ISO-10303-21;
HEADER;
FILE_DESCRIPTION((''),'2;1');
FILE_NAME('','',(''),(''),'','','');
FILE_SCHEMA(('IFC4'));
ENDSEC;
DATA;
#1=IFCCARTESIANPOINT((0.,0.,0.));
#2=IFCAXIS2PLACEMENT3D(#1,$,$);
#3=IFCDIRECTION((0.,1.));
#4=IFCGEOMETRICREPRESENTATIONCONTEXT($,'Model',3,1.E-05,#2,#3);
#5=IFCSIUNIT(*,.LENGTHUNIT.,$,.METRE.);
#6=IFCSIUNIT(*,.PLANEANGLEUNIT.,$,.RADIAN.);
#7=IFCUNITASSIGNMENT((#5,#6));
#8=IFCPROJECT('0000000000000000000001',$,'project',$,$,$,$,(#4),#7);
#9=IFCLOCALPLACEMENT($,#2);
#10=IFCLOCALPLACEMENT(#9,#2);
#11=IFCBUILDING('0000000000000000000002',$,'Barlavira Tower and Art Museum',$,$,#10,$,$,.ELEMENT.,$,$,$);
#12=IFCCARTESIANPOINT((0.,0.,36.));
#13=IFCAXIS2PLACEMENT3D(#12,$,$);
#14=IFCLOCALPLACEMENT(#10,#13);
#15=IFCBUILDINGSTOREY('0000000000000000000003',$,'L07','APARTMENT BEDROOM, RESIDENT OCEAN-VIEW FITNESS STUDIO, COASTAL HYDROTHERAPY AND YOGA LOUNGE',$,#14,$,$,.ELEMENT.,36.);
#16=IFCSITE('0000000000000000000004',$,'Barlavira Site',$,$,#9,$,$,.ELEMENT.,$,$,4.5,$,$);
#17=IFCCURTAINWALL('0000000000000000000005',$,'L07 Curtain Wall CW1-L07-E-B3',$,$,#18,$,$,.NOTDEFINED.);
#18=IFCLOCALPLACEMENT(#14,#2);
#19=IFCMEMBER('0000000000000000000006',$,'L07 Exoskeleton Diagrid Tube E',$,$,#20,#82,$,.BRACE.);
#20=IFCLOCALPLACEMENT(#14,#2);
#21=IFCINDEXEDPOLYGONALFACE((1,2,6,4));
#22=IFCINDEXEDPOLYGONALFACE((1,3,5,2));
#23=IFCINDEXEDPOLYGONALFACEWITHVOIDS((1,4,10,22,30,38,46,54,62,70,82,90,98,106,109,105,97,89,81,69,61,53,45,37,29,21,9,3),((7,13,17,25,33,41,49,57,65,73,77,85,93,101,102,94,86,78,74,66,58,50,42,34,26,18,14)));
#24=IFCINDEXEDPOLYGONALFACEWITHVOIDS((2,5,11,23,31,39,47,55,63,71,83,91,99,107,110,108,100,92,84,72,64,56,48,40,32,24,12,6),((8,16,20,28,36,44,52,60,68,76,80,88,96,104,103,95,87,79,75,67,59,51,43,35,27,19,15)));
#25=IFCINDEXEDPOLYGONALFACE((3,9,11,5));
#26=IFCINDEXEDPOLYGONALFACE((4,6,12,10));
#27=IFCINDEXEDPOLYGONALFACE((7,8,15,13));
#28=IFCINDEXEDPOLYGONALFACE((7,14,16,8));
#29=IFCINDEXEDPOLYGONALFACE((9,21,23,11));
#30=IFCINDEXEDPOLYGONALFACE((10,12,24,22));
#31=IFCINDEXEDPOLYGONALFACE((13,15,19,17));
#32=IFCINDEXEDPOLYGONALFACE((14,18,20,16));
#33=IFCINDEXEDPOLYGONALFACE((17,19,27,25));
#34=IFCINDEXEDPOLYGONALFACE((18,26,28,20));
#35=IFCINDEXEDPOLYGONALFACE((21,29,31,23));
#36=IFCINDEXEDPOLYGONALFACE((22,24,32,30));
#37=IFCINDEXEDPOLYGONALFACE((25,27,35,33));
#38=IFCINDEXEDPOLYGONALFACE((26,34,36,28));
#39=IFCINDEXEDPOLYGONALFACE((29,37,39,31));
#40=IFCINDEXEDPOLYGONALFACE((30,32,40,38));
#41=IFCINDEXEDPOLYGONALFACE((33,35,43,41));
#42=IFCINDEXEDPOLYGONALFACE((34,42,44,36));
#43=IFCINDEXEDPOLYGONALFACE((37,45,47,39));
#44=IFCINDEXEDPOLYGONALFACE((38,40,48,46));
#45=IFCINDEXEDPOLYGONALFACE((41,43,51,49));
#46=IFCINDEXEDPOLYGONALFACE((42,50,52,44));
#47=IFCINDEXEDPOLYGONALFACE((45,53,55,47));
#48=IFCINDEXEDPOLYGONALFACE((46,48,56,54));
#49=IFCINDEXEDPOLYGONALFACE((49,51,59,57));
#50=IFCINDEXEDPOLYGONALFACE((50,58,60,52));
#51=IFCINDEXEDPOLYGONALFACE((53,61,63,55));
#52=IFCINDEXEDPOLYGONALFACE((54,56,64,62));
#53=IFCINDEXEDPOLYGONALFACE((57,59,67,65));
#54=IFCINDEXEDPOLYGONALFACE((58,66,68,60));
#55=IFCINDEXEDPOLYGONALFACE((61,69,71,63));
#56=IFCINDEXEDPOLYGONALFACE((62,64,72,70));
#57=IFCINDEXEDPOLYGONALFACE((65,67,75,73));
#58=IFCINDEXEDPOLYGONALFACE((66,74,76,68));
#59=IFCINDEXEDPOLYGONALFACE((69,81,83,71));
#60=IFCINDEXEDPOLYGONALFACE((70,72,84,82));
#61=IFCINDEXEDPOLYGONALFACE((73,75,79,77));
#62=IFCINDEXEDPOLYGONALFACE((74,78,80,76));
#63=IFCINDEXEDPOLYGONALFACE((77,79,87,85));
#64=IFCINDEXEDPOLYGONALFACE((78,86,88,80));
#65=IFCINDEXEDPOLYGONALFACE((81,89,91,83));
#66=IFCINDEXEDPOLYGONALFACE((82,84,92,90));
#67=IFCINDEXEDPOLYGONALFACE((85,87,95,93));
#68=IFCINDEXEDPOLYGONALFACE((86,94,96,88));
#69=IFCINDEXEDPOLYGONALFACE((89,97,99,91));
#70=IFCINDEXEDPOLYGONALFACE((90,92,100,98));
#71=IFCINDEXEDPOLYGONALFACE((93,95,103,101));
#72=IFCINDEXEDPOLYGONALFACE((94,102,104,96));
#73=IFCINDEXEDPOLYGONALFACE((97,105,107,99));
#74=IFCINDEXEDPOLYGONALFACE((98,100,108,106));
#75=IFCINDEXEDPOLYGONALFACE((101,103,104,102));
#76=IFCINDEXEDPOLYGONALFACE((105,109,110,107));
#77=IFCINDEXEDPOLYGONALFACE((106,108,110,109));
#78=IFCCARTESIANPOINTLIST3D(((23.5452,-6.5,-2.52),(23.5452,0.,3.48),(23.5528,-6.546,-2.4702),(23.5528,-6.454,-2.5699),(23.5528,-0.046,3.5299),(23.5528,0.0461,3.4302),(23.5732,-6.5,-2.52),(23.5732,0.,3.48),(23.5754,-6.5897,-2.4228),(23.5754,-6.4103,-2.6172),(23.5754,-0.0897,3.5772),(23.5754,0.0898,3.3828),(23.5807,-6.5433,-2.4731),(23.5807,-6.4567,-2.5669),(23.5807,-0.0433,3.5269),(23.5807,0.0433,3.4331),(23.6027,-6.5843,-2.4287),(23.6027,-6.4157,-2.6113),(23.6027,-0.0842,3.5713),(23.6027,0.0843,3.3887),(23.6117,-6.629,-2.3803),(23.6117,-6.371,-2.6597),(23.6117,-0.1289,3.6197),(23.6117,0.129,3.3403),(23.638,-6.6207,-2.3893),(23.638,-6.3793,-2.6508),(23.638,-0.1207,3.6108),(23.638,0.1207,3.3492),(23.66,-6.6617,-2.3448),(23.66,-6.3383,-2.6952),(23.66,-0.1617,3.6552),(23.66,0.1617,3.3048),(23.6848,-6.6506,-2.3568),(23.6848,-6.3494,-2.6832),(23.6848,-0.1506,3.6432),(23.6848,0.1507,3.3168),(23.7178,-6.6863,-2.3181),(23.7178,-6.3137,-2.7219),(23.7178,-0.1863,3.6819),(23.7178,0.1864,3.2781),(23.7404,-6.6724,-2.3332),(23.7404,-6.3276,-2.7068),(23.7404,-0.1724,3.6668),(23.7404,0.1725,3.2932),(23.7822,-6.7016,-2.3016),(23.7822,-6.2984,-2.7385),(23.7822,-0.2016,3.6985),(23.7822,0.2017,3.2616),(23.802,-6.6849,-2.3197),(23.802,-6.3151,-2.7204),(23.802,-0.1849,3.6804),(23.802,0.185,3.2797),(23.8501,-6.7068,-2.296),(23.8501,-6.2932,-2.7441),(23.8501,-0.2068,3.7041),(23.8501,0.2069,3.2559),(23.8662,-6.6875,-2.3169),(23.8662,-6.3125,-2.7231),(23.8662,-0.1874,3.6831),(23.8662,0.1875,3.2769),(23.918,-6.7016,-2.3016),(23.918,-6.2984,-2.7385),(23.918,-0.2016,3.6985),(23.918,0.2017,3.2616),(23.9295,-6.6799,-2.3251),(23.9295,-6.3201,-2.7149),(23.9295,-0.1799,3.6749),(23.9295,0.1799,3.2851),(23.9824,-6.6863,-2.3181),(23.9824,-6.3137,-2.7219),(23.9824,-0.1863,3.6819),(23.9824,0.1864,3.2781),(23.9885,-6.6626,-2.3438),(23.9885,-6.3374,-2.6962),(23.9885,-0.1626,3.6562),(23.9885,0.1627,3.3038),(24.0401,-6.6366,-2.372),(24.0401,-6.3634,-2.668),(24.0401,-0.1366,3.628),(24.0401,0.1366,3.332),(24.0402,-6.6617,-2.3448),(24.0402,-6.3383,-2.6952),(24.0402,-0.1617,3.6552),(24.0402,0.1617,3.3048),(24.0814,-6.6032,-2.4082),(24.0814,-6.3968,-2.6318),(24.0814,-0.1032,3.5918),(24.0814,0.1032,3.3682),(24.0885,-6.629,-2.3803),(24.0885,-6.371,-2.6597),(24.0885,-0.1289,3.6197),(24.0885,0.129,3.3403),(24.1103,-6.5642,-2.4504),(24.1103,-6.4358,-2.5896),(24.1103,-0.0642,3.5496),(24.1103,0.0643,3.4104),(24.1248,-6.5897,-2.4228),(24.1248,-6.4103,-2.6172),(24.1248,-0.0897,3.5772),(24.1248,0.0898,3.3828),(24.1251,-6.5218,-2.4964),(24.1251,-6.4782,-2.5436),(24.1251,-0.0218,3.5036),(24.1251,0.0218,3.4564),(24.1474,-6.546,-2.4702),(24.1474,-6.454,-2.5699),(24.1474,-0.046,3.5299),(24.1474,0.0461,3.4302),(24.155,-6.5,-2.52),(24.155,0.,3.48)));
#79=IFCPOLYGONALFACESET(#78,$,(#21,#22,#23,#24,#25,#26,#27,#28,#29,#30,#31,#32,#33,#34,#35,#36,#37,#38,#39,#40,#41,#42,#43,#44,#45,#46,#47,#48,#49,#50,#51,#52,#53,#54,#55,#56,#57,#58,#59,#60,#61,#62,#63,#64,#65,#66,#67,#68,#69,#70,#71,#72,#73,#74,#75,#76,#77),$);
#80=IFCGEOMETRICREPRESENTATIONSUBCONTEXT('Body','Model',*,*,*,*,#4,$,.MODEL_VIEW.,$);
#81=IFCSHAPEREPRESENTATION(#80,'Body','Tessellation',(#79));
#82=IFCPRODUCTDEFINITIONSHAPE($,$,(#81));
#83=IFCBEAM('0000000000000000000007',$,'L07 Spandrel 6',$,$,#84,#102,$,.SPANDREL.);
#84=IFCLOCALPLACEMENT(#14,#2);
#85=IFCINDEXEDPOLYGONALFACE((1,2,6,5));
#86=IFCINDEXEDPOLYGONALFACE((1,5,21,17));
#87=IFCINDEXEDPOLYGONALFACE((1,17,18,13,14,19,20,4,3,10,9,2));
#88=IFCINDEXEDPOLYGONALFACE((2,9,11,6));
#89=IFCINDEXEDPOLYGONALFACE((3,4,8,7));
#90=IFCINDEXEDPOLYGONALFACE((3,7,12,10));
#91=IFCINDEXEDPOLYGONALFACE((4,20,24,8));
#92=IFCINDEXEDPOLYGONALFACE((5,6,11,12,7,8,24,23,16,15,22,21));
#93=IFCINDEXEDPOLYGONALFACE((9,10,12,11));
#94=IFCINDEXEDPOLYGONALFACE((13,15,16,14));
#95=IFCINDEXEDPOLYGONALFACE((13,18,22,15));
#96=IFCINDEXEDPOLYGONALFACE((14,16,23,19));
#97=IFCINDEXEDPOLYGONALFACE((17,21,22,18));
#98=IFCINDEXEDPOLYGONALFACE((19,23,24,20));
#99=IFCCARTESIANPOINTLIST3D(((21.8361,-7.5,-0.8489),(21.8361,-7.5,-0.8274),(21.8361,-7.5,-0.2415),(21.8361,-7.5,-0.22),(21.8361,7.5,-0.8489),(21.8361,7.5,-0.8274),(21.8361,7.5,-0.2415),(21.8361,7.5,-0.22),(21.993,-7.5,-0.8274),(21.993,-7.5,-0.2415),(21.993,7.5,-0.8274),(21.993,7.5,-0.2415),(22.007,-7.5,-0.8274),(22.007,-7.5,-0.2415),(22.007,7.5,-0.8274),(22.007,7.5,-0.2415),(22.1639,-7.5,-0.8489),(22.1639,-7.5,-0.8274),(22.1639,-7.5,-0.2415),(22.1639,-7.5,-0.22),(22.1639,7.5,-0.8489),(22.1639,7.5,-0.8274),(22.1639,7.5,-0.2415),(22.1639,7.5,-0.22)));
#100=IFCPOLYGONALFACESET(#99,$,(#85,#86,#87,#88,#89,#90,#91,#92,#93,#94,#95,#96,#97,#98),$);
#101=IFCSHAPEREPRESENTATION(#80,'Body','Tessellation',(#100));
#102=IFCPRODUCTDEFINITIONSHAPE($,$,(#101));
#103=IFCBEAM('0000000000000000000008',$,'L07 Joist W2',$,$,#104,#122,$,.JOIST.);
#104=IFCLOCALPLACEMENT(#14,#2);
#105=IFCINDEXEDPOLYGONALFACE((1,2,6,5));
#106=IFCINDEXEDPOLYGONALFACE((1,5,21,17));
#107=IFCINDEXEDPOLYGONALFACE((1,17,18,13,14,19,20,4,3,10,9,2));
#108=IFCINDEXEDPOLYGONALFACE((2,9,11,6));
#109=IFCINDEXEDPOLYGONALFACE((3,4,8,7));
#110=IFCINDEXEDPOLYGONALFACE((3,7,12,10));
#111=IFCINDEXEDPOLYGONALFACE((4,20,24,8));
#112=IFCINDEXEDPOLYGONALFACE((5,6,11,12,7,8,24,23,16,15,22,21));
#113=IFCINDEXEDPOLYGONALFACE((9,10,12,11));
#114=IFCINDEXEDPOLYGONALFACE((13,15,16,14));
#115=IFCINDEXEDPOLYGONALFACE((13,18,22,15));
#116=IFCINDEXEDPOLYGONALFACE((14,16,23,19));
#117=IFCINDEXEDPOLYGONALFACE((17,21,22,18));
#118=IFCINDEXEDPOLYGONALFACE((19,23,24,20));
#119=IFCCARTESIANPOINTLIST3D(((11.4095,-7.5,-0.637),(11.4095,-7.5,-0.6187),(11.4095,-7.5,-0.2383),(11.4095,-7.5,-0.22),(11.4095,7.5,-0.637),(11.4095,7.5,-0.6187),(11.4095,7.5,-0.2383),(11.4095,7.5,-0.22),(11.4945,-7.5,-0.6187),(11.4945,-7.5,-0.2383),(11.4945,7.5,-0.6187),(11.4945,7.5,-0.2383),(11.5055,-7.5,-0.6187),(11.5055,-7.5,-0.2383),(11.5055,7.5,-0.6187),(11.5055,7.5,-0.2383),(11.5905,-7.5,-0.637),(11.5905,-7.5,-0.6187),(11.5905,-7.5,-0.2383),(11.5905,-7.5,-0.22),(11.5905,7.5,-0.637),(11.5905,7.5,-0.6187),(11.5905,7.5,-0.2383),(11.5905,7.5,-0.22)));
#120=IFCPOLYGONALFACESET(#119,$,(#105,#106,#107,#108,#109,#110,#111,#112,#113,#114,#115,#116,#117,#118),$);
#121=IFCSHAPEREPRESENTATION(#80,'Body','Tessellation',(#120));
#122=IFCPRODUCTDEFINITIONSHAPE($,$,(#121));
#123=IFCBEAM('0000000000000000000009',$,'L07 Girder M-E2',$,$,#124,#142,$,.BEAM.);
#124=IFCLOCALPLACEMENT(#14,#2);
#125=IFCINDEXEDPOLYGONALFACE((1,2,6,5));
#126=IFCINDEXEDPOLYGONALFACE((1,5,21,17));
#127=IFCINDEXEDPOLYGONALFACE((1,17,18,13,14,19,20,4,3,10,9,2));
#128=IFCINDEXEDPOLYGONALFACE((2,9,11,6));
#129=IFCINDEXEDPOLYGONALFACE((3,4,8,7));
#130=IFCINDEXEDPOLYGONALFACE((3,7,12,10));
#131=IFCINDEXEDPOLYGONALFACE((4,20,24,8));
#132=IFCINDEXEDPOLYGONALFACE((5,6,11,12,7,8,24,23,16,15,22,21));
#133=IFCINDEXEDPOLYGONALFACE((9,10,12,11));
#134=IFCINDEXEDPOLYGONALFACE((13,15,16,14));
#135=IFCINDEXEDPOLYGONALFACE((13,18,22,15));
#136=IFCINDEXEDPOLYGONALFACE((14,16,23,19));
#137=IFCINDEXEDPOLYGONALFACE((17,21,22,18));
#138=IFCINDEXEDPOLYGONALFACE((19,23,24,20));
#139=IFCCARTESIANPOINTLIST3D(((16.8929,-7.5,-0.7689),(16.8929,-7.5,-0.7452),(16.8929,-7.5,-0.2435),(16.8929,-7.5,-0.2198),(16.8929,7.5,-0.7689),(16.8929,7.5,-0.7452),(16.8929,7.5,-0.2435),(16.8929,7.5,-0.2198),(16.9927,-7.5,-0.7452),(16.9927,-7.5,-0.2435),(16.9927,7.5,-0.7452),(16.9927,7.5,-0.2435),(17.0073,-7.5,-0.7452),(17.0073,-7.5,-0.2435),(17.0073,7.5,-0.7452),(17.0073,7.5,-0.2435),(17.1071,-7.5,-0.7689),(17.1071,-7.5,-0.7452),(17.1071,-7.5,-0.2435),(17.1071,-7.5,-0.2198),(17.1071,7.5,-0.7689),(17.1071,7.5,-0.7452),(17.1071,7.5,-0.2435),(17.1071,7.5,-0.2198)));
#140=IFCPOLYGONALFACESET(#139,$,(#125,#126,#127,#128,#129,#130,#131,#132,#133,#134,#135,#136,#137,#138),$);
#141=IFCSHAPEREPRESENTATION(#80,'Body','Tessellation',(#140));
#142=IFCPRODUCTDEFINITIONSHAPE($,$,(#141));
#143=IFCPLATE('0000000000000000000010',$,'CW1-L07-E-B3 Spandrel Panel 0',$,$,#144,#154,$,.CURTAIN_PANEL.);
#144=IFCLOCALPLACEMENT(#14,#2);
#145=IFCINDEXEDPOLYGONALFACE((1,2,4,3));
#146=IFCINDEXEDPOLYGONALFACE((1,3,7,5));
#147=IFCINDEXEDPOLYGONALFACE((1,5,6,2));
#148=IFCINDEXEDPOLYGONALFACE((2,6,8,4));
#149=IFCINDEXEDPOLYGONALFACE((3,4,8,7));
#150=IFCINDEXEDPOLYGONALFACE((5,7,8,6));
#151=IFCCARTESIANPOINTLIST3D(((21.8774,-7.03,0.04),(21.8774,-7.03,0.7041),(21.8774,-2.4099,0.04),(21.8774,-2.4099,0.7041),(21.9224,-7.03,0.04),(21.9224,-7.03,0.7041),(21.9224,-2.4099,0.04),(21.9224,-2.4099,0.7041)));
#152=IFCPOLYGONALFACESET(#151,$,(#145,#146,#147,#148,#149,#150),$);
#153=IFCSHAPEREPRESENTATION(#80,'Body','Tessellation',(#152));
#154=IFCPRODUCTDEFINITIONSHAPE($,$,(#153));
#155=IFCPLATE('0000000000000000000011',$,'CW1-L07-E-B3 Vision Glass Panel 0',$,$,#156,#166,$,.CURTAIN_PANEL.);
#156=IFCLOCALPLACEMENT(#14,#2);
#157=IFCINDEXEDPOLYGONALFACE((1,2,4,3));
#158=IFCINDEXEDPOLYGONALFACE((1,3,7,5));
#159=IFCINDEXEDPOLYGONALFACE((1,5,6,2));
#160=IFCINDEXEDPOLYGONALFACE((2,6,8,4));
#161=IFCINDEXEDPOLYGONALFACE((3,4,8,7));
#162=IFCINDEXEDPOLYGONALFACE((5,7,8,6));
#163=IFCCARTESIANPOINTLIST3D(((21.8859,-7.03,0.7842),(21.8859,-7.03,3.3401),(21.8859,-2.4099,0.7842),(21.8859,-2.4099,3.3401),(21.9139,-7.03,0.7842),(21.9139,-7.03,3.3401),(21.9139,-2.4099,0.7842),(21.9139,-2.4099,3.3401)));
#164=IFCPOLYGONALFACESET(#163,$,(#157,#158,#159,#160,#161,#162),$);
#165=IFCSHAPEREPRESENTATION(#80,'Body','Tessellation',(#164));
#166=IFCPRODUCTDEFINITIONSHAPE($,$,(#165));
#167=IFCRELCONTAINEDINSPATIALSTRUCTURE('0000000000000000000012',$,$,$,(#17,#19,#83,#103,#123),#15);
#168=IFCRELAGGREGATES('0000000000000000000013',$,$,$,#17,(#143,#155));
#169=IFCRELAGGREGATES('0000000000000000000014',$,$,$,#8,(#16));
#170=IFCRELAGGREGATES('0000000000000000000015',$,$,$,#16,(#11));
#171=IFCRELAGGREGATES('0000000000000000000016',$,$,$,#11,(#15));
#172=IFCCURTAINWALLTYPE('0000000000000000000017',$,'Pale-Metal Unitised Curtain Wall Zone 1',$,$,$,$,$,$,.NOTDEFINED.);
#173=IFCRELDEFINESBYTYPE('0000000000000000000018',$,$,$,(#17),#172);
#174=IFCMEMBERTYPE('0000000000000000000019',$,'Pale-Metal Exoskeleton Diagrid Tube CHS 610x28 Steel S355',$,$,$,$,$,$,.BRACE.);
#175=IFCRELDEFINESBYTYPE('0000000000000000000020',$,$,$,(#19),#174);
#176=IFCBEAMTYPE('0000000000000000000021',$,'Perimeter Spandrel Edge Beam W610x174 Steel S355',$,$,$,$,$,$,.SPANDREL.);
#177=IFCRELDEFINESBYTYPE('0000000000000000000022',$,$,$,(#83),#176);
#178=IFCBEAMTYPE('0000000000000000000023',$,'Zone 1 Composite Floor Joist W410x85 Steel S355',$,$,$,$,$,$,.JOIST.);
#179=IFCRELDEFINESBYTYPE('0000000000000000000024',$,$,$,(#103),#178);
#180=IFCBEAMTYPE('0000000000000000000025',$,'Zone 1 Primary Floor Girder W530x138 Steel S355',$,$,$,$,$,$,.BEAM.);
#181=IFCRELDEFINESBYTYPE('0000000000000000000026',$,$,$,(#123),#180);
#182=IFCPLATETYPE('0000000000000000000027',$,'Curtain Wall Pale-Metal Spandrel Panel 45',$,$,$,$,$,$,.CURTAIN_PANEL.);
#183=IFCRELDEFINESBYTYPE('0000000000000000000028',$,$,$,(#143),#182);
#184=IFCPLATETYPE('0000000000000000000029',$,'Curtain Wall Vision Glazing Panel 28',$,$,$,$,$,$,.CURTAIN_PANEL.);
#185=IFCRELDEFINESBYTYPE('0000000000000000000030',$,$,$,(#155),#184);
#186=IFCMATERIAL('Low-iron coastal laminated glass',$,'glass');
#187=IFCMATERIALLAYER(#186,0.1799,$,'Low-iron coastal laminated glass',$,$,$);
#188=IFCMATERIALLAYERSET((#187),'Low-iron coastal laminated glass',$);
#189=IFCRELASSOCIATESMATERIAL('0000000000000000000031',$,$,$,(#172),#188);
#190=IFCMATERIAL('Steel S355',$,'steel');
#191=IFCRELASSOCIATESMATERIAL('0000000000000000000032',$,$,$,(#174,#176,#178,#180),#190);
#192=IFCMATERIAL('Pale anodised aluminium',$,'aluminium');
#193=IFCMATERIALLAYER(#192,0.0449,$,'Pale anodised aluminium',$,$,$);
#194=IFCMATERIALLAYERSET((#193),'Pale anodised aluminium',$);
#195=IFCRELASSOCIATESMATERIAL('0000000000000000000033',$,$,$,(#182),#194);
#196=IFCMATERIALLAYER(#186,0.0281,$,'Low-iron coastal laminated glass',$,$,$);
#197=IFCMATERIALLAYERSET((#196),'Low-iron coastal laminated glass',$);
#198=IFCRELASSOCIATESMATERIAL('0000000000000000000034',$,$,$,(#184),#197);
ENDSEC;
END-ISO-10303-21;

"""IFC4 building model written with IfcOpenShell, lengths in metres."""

from ifc_helpers import new_model, si_unit, direction, frame, origin, origin_2d, place, context, subcontext, project, spatial, rectangle, hollow_circle, i_section, extrude, material, layer, layer_set, material_profile, profile_set, type_object, element, aggregate, save


model = new_model("IFC4")

# Units and contexts
model_context = context("Model", 3, precision=1e-05, world=origin(), true_north=direction((0.0, 1.0)))
body_context = subcontext(model_context, "Body", "Model", "MODEL_VIEW")
ifc_project = project(units=[si_unit("LENGTHUNIT", "METRE"), si_unit("PLANEANGLEUNIT", "RADIAN")], contexts=[model_context])

# Site, building, storey
site_placement = place(None, origin())
site = spatial("IfcSite", under=ifc_project, at=site_placement, Name="Barlavira Site", CompositionType="ELEMENT", RefElevation=4.5)
building_placement = place(site_placement, origin())
building = spatial("IfcBuilding", under=site, at=building_placement, Name="Barlavira Tower and Art Museum", CompositionType="ELEMENT")
storey_placement = place(building_placement, frame((0.0, 0.0, 36.0)))
storey = spatial("IfcBuildingStorey", under=building, at=storey_placement, Name="L07", Description="APARTMENT BEDROOM, RESIDENT OCEAN-VIEW FITNESS STUDIO, COASTAL HYDROTHERAPY AND YOGA LOUNGE", CompositionType="ELEMENT", Elevation=36.0)

# Curtain wall
ifc_material_1 = material(Name="Low-iron coastal laminated glass", Category="glass")
ifc_layer_1 = layer(ifc_material_1, 0.1799, Name="Low-iron coastal laminated glass")
ifc_layer_set_1 = layer_set([ifc_layer_1], Name="Low-iron coastal laminated glass")
curtain_wall_type = type_object("IfcCurtainWallType", Name="Pale-Metal Unitised Curtain Wall Zone 1", PredefinedType="NOTDEFINED", material=ifc_layer_set_1)
curtain_wall_placement = place(storey_placement, origin())
curtain_wall = element("IfcCurtainWall", 1, at=curtain_wall_placement, inside=storey, type_object=curtain_wall_type, Name="L07 Curtain Wall CW1-L07-E-B3", PredefinedType="NOTDEFINED")
ifc_material_2 = material(Name="Pale anodised aluminium", Category="aluminium")

# Member
ifc_material_3 = material(Name="Steel S355", Category="steel")
ifc_material_profile_1 = material_profile(ifc_material_3, hollow_circle(Radius=0.3049, WallThickness=0.0281, at=origin_2d()), Name="CHS 610.0x28.0")
ifc_profile_set_1 = profile_set([ifc_material_profile_1], Name="Steel S355")
member_type_1 = type_object("IfcMemberType", Name="Pale-Metal Exoskeleton Diagrid Tube CHS 610x28 Steel S355", PredefinedType="BRACE", material=ifc_profile_set_1)
for number, where, z_axis, x_axis, name in (
    (2, (23.8501, -6.5, -2.52), (0.0, 0.734803, 0.67828), (-1.0, 0.0, 0.0), "L07 Exoskeleton Diagrid Tube E"),
):
    element("IfcMember", number, at=place(storey_placement, frame(where, z_axis=z_axis, x_axis=x_axis)), inside=storey, type_object=member_type_1, Name=name, PredefinedType="BRACE", context=body_context, shape_type="SweptSolid", body=[
        extrude(hollow_circle(Radius=0.3049, WallThickness=0.0281, at=origin_2d()), origin(), (0.0, 0.0, 1.0), 8.8459),
    ])

# Beams
ifc_material_profile_2 = material_profile(ifc_material_3, i_section(OverallWidth=0.3279, OverallDepth=0.6289, WebThickness=0.0139, FlangeThickness=0.0215, at=origin_2d()), Name="W610x174.0")
ifc_profile_set_2 = profile_set([ifc_material_profile_2], Name="Steel S355")
beam_type_1 = type_object("IfcBeamType", Name="Perimeter Spandrel Edge Beam W610x174 Steel S355", PredefinedType="SPANDREL", material=ifc_profile_set_2)
beam_1_placement = place(storey_placement, frame((22.0, -7.5, -0.5344), z_axis=(0.0, 1.0, 0.0), x_axis=(-1.0, 0.0, 0.0)))
element("IfcBeam", 3, at=beam_1_placement, inside=storey, type_object=beam_type_1, Name="L07 Spandrel 6", PredefinedType="SPANDREL", context=body_context, shape_type="SweptSolid", body=[
    extrude(i_section(OverallWidth=0.3279, OverallDepth=0.6289, WebThickness=0.0139, FlangeThickness=0.0215, at=origin_2d()), origin(), (0.0, 0.0, 1.0), 15.0),
])
ifc_material_profile_3 = material_profile(ifc_material_3, i_section(OverallWidth=0.1809, OverallDepth=0.417, WebThickness=0.011, FlangeThickness=0.0183, at=origin_2d()), Name="W410x85.0")
ifc_profile_set_3 = profile_set([ifc_material_profile_3], Name="Steel S355")
beam_type_2 = type_object("IfcBeamType", Name="Zone 1 Composite Floor Joist W410x85 Steel S355", PredefinedType="JOIST", material=ifc_profile_set_3)
beam_2_placement = place(storey_placement, frame((11.5, -7.5, -0.4285), z_axis=(0.0, 1.0, 0.0), x_axis=(-1.0, 0.0, 0.0)))
element("IfcBeam", 4, at=beam_2_placement, inside=storey, type_object=beam_type_2, Name="L07 Joist W2", PredefinedType="JOIST", context=body_context, shape_type="SweptSolid", body=[
    extrude(i_section(OverallWidth=0.1809, OverallDepth=0.417, WebThickness=0.011, FlangeThickness=0.0183, at=origin_2d()), origin(), (0.0, 0.0, 1.0), 15.0),
])
ifc_material_profile_4 = material_profile(ifc_material_3, i_section(OverallWidth=0.2141, OverallDepth=0.5491, WebThickness=0.0146, FlangeThickness=0.0237, at=origin_2d()), Name="W530x138.0")
ifc_profile_set_4 = profile_set([ifc_material_profile_4], Name="Steel S355")
beam_type_3 = type_object("IfcBeamType", Name="Zone 1 Primary Floor Girder W530x138 Steel S355", PredefinedType="BEAM", material=ifc_profile_set_4)
beam_3_placement = place(storey_placement, frame((17.0, -7.5, -0.4944), z_axis=(0.0, 1.0, 0.0), x_axis=(-1.0, 0.0, 0.0)))
element("IfcBeam", 5, at=beam_3_placement, inside=storey, type_object=beam_type_3, Name="L07 Girder M-E2", PredefinedType="BEAM", context=body_context, shape_type="SweptSolid", body=[
    extrude(i_section(OverallWidth=0.2141, OverallDepth=0.5491, WebThickness=0.0146, FlangeThickness=0.0237, at=origin_2d()), origin(), (0.0, 0.0, 1.0), 15.0),
])

# Plates
ifc_layer_2 = layer(ifc_material_2, 0.0449, Name="Pale anodised aluminium")
ifc_layer_set_2 = layer_set([ifc_layer_2], Name="Pale anodised aluminium")
plate_type_1 = type_object("IfcPlateType", Name="Curtain Wall Pale-Metal Spandrel Panel 45", PredefinedType="CURTAIN_PANEL", material=ifc_layer_set_2)
plate_1_placement = place(storey_placement, frame((21.8999, -4.72, 0.04), z_axis=(0.0, 0.0, 1.0), x_axis=(0.0, 1.0, 0.0)))
plate_1 = element("IfcPlate", 6, at=plate_1_placement, type_object=plate_type_1, Name="CW1-L07-E-B3 Spandrel Panel 0", PredefinedType="CURTAIN_PANEL", context=body_context, shape_type="SweptSolid", body=[
    extrude(rectangle(XDim=4.6201, YDim=0.0449, at=origin_2d()), origin(), (0.0, 0.0, 1.0), 0.6641),
])
ifc_layer_3 = layer(ifc_material_1, 0.0281, Name="Low-iron coastal laminated glass")
ifc_layer_set_3 = layer_set([ifc_layer_3], Name="Low-iron coastal laminated glass")
plate_type_2 = type_object("IfcPlateType", Name="Curtain Wall Vision Glazing Panel 28", PredefinedType="CURTAIN_PANEL", material=ifc_layer_set_3)
plate_2_placement = place(storey_placement, frame((21.8999, -4.72, 0.7842), z_axis=(0.0, 0.0, 1.0), x_axis=(0.0, 1.0, 0.0)))
plate_2 = element("IfcPlate", 7, at=plate_2_placement, type_object=plate_type_2, Name="CW1-L07-E-B3 Vision Glass Panel 0", PredefinedType="CURTAIN_PANEL", context=body_context, shape_type="SweptSolid", body=[
    extrude(rectangle(XDim=4.6201, YDim=0.0281, at=origin_2d()), origin(), (0.0, 0.0, 1.0), 2.5559),
])
aggregate(curtain_wall, [plate_1, plate_2])

save(model, "model.ifc")
